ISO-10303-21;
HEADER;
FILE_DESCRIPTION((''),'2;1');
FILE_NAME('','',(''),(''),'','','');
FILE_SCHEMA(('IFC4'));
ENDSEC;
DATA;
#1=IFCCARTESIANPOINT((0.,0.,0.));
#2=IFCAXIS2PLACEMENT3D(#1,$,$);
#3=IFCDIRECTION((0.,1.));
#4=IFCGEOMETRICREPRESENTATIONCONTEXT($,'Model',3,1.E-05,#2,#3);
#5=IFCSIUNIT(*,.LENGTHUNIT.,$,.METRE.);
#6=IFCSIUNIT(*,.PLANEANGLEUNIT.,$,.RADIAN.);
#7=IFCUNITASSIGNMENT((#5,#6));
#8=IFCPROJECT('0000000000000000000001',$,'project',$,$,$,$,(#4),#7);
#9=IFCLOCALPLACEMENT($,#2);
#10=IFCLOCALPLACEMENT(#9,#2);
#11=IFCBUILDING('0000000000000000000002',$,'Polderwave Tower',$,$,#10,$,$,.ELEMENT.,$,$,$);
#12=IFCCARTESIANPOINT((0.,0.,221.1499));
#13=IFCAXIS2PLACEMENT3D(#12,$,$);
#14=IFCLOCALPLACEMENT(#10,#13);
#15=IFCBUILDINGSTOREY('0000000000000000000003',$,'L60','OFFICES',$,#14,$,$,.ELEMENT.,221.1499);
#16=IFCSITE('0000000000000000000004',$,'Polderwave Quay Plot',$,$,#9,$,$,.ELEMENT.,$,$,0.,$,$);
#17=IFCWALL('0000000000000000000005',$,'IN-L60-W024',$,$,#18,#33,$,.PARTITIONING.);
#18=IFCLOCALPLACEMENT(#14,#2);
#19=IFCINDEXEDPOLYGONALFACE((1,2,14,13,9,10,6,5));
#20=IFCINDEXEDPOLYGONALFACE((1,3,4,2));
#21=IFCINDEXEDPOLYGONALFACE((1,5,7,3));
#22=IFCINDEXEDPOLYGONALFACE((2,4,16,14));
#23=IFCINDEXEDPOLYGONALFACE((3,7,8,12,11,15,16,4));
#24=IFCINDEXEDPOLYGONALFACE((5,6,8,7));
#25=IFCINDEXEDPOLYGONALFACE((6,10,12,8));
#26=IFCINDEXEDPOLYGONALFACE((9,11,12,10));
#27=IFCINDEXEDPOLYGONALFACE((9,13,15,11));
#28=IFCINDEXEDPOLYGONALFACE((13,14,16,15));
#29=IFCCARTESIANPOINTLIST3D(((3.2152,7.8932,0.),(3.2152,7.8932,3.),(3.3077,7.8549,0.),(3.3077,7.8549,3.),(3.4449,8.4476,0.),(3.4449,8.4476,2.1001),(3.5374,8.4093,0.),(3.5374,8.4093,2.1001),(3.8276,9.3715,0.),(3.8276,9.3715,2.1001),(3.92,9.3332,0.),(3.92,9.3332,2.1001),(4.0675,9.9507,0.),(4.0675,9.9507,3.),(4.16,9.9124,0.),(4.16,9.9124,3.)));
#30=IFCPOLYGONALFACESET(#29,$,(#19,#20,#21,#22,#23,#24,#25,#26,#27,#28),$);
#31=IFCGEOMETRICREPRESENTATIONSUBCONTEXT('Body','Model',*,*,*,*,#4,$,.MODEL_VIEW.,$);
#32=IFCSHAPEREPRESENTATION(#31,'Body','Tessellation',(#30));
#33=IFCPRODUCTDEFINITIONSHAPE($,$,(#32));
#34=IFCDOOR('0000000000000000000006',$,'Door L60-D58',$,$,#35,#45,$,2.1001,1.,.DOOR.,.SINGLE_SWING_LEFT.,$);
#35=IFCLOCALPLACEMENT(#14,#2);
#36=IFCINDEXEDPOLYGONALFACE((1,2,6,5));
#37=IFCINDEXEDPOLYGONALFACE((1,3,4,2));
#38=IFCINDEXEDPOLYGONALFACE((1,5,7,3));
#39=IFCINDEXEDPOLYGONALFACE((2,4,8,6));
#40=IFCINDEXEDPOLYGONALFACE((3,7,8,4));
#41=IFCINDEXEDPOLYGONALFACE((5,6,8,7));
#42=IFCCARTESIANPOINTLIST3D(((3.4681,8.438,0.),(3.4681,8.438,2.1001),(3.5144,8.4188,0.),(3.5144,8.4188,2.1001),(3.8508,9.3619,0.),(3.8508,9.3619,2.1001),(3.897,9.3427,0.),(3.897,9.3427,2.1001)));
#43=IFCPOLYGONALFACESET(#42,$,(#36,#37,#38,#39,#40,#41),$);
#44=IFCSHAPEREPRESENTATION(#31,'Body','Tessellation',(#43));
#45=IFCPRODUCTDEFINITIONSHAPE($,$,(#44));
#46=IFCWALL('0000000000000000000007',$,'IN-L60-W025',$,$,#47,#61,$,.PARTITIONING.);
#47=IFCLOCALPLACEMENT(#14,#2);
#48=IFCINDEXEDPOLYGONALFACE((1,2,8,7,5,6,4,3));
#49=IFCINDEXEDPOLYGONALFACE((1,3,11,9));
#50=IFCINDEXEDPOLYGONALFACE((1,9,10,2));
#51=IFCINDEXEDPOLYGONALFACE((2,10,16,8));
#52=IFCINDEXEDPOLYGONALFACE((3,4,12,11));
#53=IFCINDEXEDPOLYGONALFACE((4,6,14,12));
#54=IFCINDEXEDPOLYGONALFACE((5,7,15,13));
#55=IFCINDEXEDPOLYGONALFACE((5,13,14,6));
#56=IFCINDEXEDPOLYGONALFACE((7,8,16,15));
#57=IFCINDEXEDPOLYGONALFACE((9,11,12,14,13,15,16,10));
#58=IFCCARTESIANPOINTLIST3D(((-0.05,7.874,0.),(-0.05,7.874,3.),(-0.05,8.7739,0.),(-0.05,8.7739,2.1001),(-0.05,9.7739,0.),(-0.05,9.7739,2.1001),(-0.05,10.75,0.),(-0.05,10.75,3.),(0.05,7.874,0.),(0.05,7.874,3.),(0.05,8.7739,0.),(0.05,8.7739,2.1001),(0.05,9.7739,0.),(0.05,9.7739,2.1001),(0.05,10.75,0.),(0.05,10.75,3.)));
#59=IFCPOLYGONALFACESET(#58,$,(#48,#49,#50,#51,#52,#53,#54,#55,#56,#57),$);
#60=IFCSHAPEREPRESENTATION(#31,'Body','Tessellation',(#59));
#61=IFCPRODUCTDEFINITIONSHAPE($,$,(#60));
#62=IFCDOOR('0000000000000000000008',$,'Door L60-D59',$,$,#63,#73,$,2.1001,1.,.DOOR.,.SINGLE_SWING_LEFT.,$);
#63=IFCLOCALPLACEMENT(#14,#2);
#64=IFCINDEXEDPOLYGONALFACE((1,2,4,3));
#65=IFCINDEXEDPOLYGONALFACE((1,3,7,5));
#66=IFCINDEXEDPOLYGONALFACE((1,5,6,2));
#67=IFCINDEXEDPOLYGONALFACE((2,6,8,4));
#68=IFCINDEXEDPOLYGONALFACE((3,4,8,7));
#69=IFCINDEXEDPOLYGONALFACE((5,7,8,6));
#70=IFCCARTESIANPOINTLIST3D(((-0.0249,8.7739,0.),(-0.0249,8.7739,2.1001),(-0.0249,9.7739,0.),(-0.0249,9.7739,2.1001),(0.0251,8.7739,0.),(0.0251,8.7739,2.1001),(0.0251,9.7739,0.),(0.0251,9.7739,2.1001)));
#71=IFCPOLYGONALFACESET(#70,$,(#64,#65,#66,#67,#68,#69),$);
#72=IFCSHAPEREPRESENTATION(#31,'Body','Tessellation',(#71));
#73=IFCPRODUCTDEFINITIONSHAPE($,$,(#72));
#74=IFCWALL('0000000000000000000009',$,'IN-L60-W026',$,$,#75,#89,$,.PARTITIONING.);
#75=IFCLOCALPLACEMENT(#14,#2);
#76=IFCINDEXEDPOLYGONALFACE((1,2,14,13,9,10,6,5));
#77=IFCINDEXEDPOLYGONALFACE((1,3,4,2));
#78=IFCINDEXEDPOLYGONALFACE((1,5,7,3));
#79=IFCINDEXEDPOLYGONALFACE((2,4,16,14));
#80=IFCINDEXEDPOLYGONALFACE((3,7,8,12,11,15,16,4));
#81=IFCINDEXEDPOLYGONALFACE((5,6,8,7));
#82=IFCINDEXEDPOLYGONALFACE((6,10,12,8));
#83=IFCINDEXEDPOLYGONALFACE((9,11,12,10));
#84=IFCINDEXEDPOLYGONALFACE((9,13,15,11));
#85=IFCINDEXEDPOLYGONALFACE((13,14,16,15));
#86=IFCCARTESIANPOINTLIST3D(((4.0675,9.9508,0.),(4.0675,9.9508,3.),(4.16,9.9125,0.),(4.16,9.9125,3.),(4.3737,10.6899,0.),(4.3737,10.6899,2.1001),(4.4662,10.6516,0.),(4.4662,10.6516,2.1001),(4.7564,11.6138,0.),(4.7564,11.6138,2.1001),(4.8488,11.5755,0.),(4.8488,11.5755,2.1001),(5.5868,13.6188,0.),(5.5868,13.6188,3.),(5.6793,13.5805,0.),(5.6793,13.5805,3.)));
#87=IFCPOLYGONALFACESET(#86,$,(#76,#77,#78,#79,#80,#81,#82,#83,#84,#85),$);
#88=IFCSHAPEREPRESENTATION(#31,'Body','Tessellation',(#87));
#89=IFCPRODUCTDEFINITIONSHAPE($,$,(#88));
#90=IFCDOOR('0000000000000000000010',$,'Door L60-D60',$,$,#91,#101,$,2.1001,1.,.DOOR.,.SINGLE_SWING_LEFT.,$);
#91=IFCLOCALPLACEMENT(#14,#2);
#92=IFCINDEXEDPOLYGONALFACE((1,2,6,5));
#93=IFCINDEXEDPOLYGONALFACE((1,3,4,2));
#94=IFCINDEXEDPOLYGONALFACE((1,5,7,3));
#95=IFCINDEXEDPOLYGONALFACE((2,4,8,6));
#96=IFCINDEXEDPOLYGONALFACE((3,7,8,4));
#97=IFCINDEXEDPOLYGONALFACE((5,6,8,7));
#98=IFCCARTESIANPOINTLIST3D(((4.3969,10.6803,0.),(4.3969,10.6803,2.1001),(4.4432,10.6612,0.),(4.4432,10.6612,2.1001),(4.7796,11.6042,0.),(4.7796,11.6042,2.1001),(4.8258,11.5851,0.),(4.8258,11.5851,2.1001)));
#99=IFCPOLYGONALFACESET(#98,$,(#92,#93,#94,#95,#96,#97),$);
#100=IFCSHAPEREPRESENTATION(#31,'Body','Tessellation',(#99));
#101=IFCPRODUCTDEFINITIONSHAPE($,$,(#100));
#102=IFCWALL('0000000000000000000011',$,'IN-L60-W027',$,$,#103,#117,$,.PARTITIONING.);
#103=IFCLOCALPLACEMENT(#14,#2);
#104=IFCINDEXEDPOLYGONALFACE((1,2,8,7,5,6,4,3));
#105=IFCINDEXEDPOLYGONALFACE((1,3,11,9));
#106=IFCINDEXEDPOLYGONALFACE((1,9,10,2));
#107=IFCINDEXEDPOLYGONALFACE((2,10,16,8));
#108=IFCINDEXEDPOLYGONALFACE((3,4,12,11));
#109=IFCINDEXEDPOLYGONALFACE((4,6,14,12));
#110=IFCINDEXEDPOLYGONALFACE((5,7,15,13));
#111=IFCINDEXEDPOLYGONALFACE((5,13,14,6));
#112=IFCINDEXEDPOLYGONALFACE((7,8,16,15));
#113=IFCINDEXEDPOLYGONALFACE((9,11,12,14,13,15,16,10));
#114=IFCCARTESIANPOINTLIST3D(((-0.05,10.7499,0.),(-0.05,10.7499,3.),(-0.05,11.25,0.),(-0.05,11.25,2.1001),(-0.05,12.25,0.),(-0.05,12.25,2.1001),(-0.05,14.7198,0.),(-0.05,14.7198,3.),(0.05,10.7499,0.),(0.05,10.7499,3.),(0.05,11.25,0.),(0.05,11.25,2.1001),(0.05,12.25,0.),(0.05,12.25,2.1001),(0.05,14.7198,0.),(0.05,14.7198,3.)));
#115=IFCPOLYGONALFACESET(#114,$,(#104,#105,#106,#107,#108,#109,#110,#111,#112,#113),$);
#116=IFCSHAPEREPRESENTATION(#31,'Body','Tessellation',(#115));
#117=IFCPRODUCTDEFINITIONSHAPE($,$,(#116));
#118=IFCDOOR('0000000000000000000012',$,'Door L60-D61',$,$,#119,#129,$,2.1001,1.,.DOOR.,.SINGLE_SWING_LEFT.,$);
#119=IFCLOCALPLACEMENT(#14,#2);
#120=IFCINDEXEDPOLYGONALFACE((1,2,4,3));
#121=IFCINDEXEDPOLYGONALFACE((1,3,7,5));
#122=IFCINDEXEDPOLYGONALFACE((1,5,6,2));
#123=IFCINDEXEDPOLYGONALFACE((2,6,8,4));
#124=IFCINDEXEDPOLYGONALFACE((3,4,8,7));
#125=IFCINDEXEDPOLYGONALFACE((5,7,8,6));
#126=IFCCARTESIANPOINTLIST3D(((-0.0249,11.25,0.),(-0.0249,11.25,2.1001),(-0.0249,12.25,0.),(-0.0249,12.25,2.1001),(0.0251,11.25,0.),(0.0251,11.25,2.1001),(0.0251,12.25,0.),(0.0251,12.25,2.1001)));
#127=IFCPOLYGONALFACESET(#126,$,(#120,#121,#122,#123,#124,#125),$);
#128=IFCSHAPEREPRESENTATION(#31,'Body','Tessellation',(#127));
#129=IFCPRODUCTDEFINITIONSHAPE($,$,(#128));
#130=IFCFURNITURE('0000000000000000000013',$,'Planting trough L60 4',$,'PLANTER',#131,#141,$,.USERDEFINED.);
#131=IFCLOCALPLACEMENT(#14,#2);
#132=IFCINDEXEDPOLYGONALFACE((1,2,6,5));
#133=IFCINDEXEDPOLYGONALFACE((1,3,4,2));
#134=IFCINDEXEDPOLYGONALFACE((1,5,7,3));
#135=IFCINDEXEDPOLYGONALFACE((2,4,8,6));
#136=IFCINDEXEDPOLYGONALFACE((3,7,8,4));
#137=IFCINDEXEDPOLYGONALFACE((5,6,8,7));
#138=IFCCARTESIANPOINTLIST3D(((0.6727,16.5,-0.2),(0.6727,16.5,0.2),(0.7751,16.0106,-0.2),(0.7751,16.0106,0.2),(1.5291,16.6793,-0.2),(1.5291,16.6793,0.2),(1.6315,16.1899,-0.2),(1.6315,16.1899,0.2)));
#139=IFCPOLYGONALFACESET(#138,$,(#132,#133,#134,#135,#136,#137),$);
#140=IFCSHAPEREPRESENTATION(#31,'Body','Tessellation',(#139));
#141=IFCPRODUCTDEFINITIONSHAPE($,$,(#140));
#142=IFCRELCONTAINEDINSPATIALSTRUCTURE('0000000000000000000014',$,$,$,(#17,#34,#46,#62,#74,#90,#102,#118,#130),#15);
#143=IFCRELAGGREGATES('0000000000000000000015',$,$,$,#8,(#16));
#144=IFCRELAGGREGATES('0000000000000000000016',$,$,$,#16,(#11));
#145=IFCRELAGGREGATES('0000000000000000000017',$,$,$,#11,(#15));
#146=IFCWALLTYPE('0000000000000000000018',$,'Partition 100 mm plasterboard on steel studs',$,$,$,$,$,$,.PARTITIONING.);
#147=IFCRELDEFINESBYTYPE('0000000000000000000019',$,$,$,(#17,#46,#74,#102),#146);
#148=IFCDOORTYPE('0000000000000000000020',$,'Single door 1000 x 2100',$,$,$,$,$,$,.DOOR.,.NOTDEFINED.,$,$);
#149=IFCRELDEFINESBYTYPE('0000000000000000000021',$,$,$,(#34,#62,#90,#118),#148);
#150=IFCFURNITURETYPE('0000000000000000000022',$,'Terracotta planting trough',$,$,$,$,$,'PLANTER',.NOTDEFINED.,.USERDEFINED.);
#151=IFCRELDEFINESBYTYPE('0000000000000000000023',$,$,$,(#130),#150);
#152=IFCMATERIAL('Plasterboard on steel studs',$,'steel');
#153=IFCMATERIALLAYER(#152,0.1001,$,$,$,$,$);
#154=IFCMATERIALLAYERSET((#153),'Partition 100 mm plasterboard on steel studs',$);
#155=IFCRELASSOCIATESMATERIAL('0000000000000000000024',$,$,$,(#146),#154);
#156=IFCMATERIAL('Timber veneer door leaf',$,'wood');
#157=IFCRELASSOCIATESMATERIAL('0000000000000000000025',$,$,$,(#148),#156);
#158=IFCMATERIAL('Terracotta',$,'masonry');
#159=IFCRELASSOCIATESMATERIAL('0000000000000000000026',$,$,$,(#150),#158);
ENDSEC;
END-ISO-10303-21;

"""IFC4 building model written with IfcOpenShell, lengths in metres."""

from ifc_helpers import new_model, si_unit, direction, frame, frame_2d, origin, origin_2d, place, context, subcontext, project, spatial, rectangle, extrude, material, layer, layer_set, type_object, element, fill, save


model = new_model("IFC4")

# Units and contexts
model_context = context("Model", 3, precision=1e-05, world=origin(), true_north=direction((0.0, 1.0)))
body_context = subcontext(model_context, "Body", "Model", "MODEL_VIEW")
ifc_project = project(units=[si_unit("LENGTHUNIT", "METRE"), si_unit("PLANEANGLEUNIT", "RADIAN")], contexts=[model_context])

# Site, building, storey
site_placement = place(None, origin())
site = spatial("IfcSite", under=ifc_project, at=site_placement, Name="Polderwave Quay Plot", CompositionType="ELEMENT", RefElevation=0.0)
building_placement = place(site_placement, origin())
building = spatial("IfcBuilding", under=site, at=building_placement, Name="Polderwave Tower", CompositionType="ELEMENT")
storey_placement = place(building_placement, frame((0.0, 0.0, 221.1499)))
storey = spatial("IfcBuildingStorey", under=building, at=storey_placement, Name="L60", Description="OFFICES", CompositionType="ELEMENT", Elevation=221.1499)

# Shared definitions
ifc_material_1 = material(Name="Plasterboard on steel studs", Category="steel")
ifc_layer_1 = layer(ifc_material_1, 0.1001)
ifc_layer_set_1 = layer_set([ifc_layer_1], Name="Partition 100 mm plasterboard on steel studs")
wall_type_1 = type_object("IfcWallType", Name="Partition 100 mm plasterboard on steel studs", PredefinedType="PARTITIONING", material=ifc_layer_set_1)

# Walls, openings, doors
wall_1_placement = place(storey_placement, frame((3.2615, 7.874, 0.0), z_axis=(0.0, 0.0, 1.0), x_axis=(0.382684, 0.923879, 0.0)))
wall_1 = element("IfcWall", 1, at=wall_1_placement, inside=storey, type_object=wall_type_1, Name="IN-L60-W024", PredefinedType="PARTITIONING", context=body_context, shape_type="SweptSolid", body=[
    extrude(rectangle(XDim=2.2271, YDim=0.1001, at=frame_2d((1.1135, 0.0))), origin(), (0.0, 0.0, 1.0), 3.0),
])
opening_1_placement = place(wall_1_placement, frame((0.6001, 0.0, 0.0)))
opening_1 = element("IfcOpeningElement", 2, at=opening_1_placement, cuts=wall_1, PredefinedType="OPENING", context=body_context, shape_type="SweptSolid", body=[
    extrude(rectangle(XDim=1.0, YDim=2.1001, at=frame_2d((0.5, 1.05))), frame((0.0, 0.0601, 0.0), z_axis=(0.0, -1.0, 0.0), x_axis=(1.0, 0.0, 0.0)), (0.0, 0.0, 1.0), 0.1201),
])
ifc_material_2 = material(Name="Timber veneer door leaf", Category="wood")
door_type = type_object("IfcDoorType", Name="Single door 1000 x 2100", OperationType="NOTDEFINED", PredefinedType="DOOR", material=ifc_material_2)
door_1_placement = place(opening_1_placement, origin())
door_1 = element("IfcDoor", 3, at=door_1_placement, inside=storey, type_object=door_type, Name="Door L60-D58", OperationType="SINGLE_SWING_LEFT", OverallHeight=2.1001, OverallWidth=1.0, PredefinedType="DOOR", context=body_context, shape_type="SweptSolid", body=[
    extrude(rectangle(XDim=1.0, YDim=2.1001, at=frame_2d((0.5, 1.05))), frame((0.0, 0.0249, 0.0), z_axis=(0.0, -1.0, 0.0), x_axis=(1.0, 0.0, 0.0)), (0.0, 0.0, 1.0), 0.05),
])
fill(opening_1, door_1)
wall_2_placement = place(storey_placement, frame((0.0, 7.874, 0.0), z_axis=(0.0, 0.0, 1.0), x_axis=(0.0, 1.0, 0.0)))
wall_2 = element("IfcWall", 4, at=wall_2_placement, inside=storey, type_object=wall_type_1, Name="IN-L60-W025", PredefinedType="PARTITIONING", context=body_context, shape_type="SweptSolid", body=[
    extrude(rectangle(XDim=2.876, YDim=0.1001, at=frame_2d((1.438, 0.0))), origin(), (0.0, 0.0, 1.0), 3.0),
])
opening_2_placement = place(wall_2_placement, frame((0.8999, 0.0, 0.0)))
opening_2 = element("IfcOpeningElement", 5, at=opening_2_placement, cuts=wall_2, PredefinedType="OPENING", context=body_context, shape_type="SweptSolid", body=[
    extrude(rectangle(XDim=1.0, YDim=2.1001, at=frame_2d((0.5, 1.05))), frame((0.0, 0.0601, 0.0), z_axis=(0.0, -1.0, 0.0), x_axis=(1.0, 0.0, 0.0)), (0.0, 0.0, 1.0), 0.1201),
])
door_2_placement = place(opening_2_placement, origin())
door_2 = element("IfcDoor", 6, at=door_2_placement, inside=storey, type_object=door_type, Name="Door L60-D59", OperationType="SINGLE_SWING_LEFT", OverallHeight=2.1001, OverallWidth=1.0, PredefinedType="DOOR", context=body_context, shape_type="SweptSolid", body=[
    extrude(rectangle(XDim=1.0, YDim=2.1001, at=frame_2d((0.5, 1.05))), frame((0.0, 0.0249, 0.0), z_axis=(0.0, -1.0, 0.0), x_axis=(1.0, 0.0, 0.0)), (0.0, 0.0, 1.0), 0.05),
])
fill(opening_2, door_2)
wall_3_placement = place(storey_placement, frame((4.1138, 9.9316, 0.0), z_axis=(0.0, 0.0, 1.0), x_axis=(0.382676, 0.923883, 0.0)))
wall_3 = element("IfcWall", 7, at=wall_3_placement, inside=storey, type_object=wall_type_1, Name="IN-L60-W026", PredefinedType="PARTITIONING", context=body_context, shape_type="SweptSolid", body=[
    extrude(rectangle(XDim=3.9702, YDim=0.1001, at=frame_2d((1.9851, 0.0))), origin(), (0.0, 0.0, 1.0), 3.0),
])
opening_3_placement = place(wall_3_placement, frame((0.8, 0.0, 0.0)))
opening_3 = element("IfcOpeningElement", 8, at=opening_3_placement, cuts=wall_3, PredefinedType="OPENING", context=body_context, shape_type="SweptSolid", body=[
    extrude(rectangle(XDim=1.0, YDim=2.1001, at=frame_2d((0.5, 1.05))), frame((0.0, 0.0601, 0.0), z_axis=(0.0, -1.0, 0.0), x_axis=(1.0, 0.0, 0.0)), (0.0, 0.0, 1.0), 0.1201),
])
door_3_placement = place(opening_3_placement, origin())
door_3 = element("IfcDoor", 9, at=door_3_placement, inside=storey, type_object=door_type, Name="Door L60-D60", OperationType="SINGLE_SWING_LEFT", OverallHeight=2.1001, OverallWidth=1.0, PredefinedType="DOOR", context=body_context, shape_type="SweptSolid", body=[
    extrude(rectangle(XDim=1.0, YDim=2.1001, at=frame_2d((0.5, 1.05))), frame((0.0, 0.0249, 0.0), z_axis=(0.0, -1.0, 0.0), x_axis=(1.0, 0.0, 0.0)), (0.0, 0.0, 1.0), 0.05),
])
fill(opening_3, door_3)
wall_4_placement = place(storey_placement, frame((0.0, 10.75, 0.0), z_axis=(0.0, 0.0, 1.0), x_axis=(0.0, 1.0, 0.0)))
wall_4 = element("IfcWall", 10, at=wall_4_placement, inside=storey, type_object=wall_type_1, Name="IN-L60-W027", PredefinedType="PARTITIONING", context=body_context, shape_type="SweptSolid", body=[
    extrude(rectangle(XDim=3.97, YDim=0.1001, at=frame_2d((1.9849, 0.0))), origin(), (0.0, 0.0, 1.0), 3.0),
])
opening_4_placement = place(wall_4_placement, frame((0.5, 0.0, 0.0)))
opening_4 = element("IfcOpeningElement", 11, at=opening_4_placement, cuts=wall_4, PredefinedType="OPENING", context=body_context, shape_type="SweptSolid", body=[
    extrude(rectangle(XDim=1.0, YDim=2.1001, at=frame_2d((0.5, 1.05))), frame((0.0, 0.0601, 0.0), z_axis=(0.0, -1.0, 0.0), x_axis=(1.0, 0.0, 0.0)), (0.0, 0.0, 1.0), 0.1201),
])
door_4_placement = place(opening_4_placement, origin())
door_4 = element("IfcDoor", 12, at=door_4_placement, inside=storey, type_object=door_type, Name="Door L60-D61", OperationType="SINGLE_SWING_LEFT", OverallHeight=2.1001, OverallWidth=1.0, PredefinedType="DOOR", context=body_context, shape_type="SweptSolid", body=[
    extrude(rectangle(XDim=1.0, YDim=2.1001, at=frame_2d((0.5, 1.05))), frame((0.0, 0.0249, 0.0), z_axis=(0.0, -1.0, 0.0), x_axis=(1.0, 0.0, 0.0)), (0.0, 0.0, 1.0), 0.05),
])
fill(opening_4, door_4)

# Furniture
ifc_material_3 = material(Name="Terracotta", Category="masonry")
furniture_type = type_object("IfcFurnitureType", Name="Terracotta planting trough", ElementType="PLANTER", AssemblyPlace="NOTDEFINED", PredefinedType="USERDEFINED", material=ifc_material_3)
furniture_placement = place(storey_placement, frame((1.1521, 16.345, -0.2), z_axis=(0.0, 0.0, 1.0), x_axis=(-0.978784, -0.204896, 0.0)))
element("IfcFurniture", 13, at=furniture_placement, inside=storey, type_object=furniture_type, Name="Planting trough L60 4", ObjectType="PLANTER", PredefinedType="USERDEFINED", context=body_context, shape_type="SweptSolid", body=[
    extrude(rectangle(XDim=0.875, YDim=0.5, at=origin_2d()), origin(), (0.0, 0.0, 1.0), 0.3999),
])

save(model, "model.ifc")
